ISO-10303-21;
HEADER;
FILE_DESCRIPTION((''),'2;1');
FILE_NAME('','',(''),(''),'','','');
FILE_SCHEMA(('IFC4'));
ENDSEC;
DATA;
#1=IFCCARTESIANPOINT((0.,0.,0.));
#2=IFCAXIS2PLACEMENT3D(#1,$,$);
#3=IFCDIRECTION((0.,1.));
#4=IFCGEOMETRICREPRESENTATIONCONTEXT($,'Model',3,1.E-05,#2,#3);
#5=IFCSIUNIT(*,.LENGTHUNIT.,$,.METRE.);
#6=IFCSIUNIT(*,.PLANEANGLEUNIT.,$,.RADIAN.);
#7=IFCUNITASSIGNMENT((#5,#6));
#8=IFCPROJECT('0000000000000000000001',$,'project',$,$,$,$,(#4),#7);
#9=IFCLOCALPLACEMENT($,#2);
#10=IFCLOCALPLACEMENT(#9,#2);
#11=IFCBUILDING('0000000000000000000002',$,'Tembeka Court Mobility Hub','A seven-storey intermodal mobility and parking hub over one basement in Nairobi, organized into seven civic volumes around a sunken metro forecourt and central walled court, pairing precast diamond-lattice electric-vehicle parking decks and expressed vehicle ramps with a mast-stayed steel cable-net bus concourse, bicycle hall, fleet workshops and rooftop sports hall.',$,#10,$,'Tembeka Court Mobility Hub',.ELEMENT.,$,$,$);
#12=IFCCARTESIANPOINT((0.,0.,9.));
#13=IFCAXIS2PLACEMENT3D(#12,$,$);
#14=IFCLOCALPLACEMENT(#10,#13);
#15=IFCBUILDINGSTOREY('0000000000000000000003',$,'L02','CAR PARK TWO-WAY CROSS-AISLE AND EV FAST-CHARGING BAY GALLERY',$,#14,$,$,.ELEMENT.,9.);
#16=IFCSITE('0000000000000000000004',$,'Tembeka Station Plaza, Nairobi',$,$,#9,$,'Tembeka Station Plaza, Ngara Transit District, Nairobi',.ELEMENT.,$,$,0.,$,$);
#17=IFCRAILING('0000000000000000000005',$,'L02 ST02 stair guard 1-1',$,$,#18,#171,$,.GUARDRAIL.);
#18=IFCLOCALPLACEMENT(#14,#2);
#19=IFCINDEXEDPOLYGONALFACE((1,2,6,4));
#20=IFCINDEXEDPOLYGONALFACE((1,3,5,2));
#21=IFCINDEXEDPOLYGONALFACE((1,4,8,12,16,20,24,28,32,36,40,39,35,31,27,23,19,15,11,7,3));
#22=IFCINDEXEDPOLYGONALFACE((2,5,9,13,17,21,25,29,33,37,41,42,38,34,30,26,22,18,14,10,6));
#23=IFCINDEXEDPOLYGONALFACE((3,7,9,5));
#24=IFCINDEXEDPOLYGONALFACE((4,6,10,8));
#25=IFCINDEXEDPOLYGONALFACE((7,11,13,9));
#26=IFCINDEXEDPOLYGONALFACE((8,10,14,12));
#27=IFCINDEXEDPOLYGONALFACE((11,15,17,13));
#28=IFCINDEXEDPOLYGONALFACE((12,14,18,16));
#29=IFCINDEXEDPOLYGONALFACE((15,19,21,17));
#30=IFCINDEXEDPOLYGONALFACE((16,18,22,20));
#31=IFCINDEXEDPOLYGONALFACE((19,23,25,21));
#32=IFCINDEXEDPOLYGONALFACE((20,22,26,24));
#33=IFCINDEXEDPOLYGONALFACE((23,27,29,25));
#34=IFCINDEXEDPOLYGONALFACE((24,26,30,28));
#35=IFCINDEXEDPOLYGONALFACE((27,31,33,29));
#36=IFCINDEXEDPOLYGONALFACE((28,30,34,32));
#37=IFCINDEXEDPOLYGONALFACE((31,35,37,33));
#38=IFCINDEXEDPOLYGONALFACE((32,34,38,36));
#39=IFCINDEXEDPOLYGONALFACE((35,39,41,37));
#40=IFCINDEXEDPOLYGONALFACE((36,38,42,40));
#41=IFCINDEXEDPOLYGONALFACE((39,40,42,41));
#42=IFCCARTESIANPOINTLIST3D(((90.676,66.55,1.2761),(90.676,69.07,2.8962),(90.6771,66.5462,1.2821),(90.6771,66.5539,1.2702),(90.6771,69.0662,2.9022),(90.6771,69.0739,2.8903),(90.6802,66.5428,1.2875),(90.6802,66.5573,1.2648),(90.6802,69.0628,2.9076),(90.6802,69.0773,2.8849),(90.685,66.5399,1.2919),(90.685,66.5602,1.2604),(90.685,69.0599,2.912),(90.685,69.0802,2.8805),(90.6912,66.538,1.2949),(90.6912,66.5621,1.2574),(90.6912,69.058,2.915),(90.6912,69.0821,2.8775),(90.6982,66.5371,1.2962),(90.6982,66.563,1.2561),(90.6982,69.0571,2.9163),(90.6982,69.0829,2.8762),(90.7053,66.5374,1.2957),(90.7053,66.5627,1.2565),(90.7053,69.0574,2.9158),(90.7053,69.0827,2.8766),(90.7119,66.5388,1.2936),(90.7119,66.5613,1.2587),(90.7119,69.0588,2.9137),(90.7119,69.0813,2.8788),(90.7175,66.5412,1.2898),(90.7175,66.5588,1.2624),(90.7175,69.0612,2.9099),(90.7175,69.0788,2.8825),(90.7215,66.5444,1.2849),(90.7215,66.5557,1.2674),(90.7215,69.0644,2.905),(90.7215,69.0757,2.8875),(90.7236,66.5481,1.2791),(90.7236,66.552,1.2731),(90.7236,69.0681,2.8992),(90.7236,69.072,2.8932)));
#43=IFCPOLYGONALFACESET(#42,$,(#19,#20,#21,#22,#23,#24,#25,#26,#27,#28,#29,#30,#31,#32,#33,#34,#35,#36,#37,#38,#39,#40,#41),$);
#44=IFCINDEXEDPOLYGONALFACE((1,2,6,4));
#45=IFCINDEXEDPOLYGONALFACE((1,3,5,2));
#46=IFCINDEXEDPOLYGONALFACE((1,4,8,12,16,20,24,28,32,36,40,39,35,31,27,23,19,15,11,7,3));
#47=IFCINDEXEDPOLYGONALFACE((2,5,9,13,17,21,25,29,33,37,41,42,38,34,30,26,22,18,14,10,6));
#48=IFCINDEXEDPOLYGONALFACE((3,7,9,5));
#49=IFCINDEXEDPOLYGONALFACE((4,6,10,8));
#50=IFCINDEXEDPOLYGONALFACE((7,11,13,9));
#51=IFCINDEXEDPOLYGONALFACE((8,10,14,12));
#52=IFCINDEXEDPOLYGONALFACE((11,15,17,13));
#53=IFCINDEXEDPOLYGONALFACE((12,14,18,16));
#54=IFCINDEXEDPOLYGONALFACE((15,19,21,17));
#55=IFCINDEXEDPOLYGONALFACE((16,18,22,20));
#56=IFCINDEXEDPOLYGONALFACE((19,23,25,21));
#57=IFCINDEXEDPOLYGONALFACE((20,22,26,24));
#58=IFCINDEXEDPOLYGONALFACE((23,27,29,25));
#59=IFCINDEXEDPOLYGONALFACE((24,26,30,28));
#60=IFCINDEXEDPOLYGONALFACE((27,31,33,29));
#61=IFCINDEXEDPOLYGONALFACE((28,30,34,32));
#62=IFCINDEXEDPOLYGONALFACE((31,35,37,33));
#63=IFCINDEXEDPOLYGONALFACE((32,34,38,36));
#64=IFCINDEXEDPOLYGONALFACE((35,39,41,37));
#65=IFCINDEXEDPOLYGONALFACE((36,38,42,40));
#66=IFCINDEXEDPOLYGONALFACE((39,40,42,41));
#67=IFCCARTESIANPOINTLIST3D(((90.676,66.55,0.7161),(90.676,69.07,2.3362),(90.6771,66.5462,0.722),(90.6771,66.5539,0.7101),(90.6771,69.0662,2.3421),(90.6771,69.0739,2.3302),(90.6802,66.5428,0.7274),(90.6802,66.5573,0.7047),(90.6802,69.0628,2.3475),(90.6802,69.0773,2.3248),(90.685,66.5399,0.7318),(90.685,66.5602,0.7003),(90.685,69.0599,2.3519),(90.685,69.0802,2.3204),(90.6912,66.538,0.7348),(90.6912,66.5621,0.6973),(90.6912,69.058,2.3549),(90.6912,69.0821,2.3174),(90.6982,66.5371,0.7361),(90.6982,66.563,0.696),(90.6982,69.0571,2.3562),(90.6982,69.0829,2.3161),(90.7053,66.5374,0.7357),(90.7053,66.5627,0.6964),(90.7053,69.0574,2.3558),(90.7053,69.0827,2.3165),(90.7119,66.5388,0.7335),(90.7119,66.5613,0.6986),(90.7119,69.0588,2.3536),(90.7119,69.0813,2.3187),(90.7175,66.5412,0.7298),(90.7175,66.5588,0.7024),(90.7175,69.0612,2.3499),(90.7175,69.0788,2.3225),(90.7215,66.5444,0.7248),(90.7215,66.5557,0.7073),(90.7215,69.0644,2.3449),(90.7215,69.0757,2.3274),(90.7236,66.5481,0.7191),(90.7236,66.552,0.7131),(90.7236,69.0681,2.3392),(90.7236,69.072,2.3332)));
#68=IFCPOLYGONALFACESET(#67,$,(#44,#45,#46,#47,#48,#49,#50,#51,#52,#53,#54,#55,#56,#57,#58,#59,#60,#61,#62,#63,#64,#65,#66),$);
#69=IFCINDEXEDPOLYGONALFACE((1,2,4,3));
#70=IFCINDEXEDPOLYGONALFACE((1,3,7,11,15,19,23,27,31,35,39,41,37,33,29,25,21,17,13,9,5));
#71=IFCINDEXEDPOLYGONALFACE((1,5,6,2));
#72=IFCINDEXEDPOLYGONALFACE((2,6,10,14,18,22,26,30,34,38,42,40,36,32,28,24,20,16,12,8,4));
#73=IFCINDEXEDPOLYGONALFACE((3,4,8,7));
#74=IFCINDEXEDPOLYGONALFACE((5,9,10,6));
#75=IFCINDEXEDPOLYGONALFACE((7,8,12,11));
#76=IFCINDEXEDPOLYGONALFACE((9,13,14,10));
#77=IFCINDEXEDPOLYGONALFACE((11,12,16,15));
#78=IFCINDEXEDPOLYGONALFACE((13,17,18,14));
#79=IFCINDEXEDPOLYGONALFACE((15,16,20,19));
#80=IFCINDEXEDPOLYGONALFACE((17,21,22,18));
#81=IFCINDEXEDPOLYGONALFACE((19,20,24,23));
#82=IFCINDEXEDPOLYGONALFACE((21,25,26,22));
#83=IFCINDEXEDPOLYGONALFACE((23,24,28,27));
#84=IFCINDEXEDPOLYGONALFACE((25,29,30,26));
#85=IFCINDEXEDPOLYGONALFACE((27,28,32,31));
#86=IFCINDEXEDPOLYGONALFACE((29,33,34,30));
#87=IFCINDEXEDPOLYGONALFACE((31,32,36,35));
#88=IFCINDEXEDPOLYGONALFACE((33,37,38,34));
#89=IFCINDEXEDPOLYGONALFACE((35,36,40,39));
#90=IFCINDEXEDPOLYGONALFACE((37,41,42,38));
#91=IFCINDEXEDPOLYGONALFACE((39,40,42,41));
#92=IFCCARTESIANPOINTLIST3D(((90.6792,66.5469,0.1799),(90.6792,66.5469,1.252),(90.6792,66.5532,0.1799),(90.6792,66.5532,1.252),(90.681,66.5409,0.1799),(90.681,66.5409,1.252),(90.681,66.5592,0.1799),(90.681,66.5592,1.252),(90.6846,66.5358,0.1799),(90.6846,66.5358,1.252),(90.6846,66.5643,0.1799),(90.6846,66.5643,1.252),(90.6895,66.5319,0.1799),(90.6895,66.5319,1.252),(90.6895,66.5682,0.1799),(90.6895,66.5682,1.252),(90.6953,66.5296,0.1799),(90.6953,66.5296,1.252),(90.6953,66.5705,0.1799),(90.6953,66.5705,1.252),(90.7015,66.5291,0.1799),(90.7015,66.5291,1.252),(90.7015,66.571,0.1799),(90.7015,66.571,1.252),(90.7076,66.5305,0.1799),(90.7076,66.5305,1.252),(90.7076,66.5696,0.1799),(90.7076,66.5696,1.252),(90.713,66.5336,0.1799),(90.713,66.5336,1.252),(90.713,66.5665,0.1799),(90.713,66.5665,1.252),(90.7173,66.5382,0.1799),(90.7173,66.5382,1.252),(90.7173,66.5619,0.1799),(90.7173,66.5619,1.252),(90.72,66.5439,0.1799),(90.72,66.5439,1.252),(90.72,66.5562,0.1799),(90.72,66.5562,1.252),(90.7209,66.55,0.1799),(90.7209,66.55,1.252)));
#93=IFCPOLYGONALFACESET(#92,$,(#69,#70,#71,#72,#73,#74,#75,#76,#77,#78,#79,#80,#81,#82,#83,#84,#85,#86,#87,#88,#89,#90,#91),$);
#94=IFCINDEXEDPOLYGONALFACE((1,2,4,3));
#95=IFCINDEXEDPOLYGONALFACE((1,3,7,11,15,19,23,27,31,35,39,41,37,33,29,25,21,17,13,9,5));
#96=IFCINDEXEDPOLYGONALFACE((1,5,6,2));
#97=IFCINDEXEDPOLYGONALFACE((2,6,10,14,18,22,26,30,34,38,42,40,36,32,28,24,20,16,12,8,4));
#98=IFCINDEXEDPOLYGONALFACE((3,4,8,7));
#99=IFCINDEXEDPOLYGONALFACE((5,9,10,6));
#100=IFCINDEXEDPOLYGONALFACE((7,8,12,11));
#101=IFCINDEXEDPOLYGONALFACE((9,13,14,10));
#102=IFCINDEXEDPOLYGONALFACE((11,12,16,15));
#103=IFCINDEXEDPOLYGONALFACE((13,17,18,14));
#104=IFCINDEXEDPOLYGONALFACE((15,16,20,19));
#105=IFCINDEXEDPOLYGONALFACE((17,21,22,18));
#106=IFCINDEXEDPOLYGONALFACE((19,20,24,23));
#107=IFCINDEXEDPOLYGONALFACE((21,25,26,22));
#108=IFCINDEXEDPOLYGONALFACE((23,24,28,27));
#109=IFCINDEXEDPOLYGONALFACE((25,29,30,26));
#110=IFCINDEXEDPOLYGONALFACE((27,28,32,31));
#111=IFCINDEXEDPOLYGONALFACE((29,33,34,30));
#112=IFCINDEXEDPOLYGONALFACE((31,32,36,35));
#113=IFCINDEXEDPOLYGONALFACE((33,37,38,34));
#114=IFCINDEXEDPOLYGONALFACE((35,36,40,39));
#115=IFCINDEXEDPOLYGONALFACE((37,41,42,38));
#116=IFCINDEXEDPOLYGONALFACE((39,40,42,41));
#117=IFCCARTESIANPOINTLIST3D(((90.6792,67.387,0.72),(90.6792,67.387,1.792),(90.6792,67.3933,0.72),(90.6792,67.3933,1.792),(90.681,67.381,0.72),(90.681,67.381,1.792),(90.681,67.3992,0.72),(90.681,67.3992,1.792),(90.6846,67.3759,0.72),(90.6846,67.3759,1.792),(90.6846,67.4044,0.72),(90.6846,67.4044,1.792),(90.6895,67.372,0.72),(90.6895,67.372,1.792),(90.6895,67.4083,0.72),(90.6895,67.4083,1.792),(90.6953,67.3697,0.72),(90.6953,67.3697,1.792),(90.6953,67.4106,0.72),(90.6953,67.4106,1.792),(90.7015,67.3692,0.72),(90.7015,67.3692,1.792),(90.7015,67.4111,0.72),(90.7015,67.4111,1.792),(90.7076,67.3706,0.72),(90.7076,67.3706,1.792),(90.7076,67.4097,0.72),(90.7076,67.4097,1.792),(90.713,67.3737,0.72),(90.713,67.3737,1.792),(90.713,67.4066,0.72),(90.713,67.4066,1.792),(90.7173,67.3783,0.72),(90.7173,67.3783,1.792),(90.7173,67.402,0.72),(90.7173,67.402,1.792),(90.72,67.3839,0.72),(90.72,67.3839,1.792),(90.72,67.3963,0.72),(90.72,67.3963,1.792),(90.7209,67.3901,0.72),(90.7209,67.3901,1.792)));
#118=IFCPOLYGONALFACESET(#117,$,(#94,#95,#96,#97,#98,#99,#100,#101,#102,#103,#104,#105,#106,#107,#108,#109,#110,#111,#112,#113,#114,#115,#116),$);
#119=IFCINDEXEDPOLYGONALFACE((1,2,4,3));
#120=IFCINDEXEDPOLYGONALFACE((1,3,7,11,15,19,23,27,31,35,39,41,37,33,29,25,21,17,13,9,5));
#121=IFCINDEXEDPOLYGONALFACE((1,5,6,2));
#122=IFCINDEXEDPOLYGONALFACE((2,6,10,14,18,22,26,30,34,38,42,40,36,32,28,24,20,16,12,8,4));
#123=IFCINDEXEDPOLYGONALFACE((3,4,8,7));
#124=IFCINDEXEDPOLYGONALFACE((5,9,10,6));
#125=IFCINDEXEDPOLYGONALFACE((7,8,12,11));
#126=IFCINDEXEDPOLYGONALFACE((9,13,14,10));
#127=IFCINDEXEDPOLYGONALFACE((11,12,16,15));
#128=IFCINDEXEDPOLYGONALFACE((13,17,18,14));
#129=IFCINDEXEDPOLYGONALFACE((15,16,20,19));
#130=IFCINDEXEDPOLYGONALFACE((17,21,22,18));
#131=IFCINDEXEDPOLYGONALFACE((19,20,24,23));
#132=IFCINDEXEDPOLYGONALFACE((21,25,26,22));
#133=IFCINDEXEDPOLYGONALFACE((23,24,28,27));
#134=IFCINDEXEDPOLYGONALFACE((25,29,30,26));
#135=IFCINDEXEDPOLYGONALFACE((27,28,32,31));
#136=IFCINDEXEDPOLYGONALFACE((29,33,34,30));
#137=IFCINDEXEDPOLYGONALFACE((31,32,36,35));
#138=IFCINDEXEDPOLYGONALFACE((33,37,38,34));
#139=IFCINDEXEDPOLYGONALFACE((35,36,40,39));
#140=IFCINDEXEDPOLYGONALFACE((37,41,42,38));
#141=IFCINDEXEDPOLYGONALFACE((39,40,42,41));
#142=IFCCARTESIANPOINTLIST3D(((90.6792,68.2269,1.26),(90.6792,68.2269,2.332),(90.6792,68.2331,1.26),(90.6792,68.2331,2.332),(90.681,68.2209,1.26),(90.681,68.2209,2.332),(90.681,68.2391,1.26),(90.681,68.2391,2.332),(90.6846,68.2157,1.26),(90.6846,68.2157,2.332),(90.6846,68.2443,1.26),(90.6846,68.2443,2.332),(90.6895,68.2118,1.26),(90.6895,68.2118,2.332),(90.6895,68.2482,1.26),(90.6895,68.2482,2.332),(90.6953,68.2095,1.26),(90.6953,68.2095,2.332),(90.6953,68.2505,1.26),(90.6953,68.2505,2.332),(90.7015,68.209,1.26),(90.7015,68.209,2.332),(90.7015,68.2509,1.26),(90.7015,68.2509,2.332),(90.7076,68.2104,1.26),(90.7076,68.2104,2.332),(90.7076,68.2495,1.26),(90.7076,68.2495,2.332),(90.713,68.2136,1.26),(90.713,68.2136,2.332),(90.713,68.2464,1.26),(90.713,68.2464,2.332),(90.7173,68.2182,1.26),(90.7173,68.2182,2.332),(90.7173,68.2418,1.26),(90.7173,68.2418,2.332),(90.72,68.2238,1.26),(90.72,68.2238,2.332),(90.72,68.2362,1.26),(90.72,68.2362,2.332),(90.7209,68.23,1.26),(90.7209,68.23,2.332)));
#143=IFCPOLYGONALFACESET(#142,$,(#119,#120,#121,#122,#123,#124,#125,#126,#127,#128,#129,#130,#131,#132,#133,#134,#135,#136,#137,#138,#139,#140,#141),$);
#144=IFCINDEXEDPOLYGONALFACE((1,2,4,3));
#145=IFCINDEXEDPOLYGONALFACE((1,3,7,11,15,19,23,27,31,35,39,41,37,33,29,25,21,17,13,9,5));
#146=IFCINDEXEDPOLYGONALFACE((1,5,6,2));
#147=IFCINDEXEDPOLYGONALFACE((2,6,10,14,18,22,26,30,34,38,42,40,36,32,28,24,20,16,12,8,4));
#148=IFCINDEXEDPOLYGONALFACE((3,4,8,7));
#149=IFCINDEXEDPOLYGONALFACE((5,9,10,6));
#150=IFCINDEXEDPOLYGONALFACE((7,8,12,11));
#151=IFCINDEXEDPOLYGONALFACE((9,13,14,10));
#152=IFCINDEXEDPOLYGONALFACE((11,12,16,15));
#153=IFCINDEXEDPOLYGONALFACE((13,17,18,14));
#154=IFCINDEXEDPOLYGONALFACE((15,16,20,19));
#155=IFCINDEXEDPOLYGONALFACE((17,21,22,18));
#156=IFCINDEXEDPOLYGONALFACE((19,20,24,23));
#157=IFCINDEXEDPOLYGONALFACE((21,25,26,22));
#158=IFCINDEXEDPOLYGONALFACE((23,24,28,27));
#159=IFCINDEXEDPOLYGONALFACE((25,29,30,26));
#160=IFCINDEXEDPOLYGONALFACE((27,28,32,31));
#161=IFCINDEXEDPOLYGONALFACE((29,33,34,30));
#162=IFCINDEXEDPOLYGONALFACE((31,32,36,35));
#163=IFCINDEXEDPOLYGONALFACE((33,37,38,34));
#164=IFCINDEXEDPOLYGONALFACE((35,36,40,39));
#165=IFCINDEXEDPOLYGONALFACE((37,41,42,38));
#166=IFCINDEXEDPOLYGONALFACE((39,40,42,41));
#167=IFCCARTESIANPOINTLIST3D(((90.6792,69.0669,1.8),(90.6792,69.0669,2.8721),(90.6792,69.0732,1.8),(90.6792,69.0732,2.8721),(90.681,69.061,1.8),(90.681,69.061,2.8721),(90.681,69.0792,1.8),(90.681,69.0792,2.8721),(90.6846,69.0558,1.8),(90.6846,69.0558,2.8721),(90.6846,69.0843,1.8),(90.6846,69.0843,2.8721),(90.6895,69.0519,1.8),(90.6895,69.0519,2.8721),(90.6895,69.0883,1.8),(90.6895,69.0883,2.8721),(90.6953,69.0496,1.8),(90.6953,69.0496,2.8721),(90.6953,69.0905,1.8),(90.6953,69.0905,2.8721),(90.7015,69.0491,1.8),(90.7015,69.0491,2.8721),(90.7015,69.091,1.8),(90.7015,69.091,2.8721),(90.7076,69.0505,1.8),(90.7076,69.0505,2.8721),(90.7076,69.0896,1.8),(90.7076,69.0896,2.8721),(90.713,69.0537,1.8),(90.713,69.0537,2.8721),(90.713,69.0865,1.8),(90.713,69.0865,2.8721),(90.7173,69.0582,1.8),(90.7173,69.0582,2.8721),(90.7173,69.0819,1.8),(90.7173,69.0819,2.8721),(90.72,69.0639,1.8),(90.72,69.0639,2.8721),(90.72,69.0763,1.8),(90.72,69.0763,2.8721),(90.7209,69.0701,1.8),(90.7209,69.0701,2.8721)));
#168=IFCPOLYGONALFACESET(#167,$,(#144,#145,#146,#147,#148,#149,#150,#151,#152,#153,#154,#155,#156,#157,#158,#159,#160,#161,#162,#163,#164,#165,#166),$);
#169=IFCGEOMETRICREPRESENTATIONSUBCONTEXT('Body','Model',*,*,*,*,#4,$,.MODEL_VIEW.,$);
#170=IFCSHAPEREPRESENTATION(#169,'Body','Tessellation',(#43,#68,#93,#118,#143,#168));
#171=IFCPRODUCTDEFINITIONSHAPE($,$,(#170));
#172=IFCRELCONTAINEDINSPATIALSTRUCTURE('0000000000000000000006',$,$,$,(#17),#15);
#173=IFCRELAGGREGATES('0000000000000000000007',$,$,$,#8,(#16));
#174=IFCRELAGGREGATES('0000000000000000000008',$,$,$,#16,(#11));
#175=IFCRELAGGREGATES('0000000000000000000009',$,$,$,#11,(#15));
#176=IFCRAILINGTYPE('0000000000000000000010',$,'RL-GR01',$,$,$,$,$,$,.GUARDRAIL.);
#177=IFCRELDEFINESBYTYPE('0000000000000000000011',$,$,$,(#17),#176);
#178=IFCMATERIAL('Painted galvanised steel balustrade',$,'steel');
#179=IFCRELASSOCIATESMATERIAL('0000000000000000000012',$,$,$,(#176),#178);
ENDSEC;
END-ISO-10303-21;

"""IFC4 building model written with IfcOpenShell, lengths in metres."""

from ifc_helpers import new_model, si_unit, direction, frame, origin, origin_2d, place, context, subcontext, project, spatial, circle, extrude, material, type_object, element, save


model = new_model("IFC4")

# Units and contexts
model_context = context("Model", 3, precision=1e-05, world=origin(), true_north=direction((0.0, 1.0)))
body_context = subcontext(model_context, "Body", "Model", "MODEL_VIEW")
ifc_project = project(units=[si_unit("LENGTHUNIT", "METRE"), si_unit("PLANEANGLEUNIT", "RADIAN")], contexts=[model_context])

# Site, building, storey
site_placement = place(None, origin())
site = spatial("IfcSite", under=ifc_project, at=site_placement, Name="Tembeka Station Plaza, Nairobi", LongName="Tembeka Station Plaza, Ngara Transit District, Nairobi", CompositionType="ELEMENT", RefElevation=0.0)
building_placement = place(site_placement, origin())
building = spatial("IfcBuilding", under=site, at=building_placement, Name="Tembeka Court Mobility Hub", Description="A seven-storey intermodal mobility and parking hub over one basement in Nairobi, organized into seven civic volumes around a sunken metro forecourt and central walled court, pairing precast diamond-lattice electric-vehicle parking decks and expressed vehicle ramps with a mast-stayed steel cable-net bus concourse, bicycle hall, fleet workshops and rooftop sports hall.", LongName="Tembeka Court Mobility Hub", CompositionType="ELEMENT")
storey_placement = place(building_placement, frame((0.0, 0.0, 9.0)))
storey = spatial("IfcBuildingStorey", under=building, at=storey_placement, Name="L02", Description="CAR PARK TWO-WAY CROSS-AISLE AND EV FAST-CHARGING BAY GALLERY", CompositionType="ELEMENT", Elevation=9.0)

# Railing
ifc_material_1 = material(Name="Painted galvanised steel balustrade", Category="steel")
railing_type_1 = type_object("IfcRailingType", Name="RL-GR01", PredefinedType="GUARDRAIL", material=ifc_material_1)
railing_1_placement = place(storey_placement, frame((90.7, 66.55, 0.1799)))
element("IfcRailing", 1, at=railing_1_placement, inside=storey, type_object=railing_type_1, Name="L02 ST02 stair guard 1-1", PredefinedType="GUARDRAIL", context=body_context, shape_type="SweptSolid", body=[
    extrude(circle(Radius=0.0239, at=origin_2d()), frame((0.0, 0.0, 1.0962), z_axis=(0.0, 0.841163, 0.540782), x_axis=(-1.0, 0.0, 0.0)), (0.0, 0.0, 1.0), 2.9958),
    extrude(circle(Radius=0.0239, at=origin_2d()), frame((0.0, 0.0, 0.5361), z_axis=(0.0, 0.841163, 0.540782), x_axis=(-1.0, 0.0, 0.0)), (0.0, 0.0, 1.0), 2.9958),
    extrude(circle(Radius=0.021, at=origin_2d()), origin(), (0.0, 0.0, 1.0), 1.072),
    extrude(circle(Radius=0.021, at=origin_2d()), frame((0.0, 0.8401, 0.54)), (0.0, 0.0, 1.0), 1.072),
    extrude(circle(Radius=0.021, at=origin_2d()), frame((0.0, 1.6799, 1.0801)), (0.0, 0.0, 1.0), 1.072),
    extrude(circle(Radius=0.021, at=origin_2d()), frame((0.0, 2.52, 1.6201)), (0.0, 0.0, 1.0), 1.072),
])

save(model, "model.ifc")
